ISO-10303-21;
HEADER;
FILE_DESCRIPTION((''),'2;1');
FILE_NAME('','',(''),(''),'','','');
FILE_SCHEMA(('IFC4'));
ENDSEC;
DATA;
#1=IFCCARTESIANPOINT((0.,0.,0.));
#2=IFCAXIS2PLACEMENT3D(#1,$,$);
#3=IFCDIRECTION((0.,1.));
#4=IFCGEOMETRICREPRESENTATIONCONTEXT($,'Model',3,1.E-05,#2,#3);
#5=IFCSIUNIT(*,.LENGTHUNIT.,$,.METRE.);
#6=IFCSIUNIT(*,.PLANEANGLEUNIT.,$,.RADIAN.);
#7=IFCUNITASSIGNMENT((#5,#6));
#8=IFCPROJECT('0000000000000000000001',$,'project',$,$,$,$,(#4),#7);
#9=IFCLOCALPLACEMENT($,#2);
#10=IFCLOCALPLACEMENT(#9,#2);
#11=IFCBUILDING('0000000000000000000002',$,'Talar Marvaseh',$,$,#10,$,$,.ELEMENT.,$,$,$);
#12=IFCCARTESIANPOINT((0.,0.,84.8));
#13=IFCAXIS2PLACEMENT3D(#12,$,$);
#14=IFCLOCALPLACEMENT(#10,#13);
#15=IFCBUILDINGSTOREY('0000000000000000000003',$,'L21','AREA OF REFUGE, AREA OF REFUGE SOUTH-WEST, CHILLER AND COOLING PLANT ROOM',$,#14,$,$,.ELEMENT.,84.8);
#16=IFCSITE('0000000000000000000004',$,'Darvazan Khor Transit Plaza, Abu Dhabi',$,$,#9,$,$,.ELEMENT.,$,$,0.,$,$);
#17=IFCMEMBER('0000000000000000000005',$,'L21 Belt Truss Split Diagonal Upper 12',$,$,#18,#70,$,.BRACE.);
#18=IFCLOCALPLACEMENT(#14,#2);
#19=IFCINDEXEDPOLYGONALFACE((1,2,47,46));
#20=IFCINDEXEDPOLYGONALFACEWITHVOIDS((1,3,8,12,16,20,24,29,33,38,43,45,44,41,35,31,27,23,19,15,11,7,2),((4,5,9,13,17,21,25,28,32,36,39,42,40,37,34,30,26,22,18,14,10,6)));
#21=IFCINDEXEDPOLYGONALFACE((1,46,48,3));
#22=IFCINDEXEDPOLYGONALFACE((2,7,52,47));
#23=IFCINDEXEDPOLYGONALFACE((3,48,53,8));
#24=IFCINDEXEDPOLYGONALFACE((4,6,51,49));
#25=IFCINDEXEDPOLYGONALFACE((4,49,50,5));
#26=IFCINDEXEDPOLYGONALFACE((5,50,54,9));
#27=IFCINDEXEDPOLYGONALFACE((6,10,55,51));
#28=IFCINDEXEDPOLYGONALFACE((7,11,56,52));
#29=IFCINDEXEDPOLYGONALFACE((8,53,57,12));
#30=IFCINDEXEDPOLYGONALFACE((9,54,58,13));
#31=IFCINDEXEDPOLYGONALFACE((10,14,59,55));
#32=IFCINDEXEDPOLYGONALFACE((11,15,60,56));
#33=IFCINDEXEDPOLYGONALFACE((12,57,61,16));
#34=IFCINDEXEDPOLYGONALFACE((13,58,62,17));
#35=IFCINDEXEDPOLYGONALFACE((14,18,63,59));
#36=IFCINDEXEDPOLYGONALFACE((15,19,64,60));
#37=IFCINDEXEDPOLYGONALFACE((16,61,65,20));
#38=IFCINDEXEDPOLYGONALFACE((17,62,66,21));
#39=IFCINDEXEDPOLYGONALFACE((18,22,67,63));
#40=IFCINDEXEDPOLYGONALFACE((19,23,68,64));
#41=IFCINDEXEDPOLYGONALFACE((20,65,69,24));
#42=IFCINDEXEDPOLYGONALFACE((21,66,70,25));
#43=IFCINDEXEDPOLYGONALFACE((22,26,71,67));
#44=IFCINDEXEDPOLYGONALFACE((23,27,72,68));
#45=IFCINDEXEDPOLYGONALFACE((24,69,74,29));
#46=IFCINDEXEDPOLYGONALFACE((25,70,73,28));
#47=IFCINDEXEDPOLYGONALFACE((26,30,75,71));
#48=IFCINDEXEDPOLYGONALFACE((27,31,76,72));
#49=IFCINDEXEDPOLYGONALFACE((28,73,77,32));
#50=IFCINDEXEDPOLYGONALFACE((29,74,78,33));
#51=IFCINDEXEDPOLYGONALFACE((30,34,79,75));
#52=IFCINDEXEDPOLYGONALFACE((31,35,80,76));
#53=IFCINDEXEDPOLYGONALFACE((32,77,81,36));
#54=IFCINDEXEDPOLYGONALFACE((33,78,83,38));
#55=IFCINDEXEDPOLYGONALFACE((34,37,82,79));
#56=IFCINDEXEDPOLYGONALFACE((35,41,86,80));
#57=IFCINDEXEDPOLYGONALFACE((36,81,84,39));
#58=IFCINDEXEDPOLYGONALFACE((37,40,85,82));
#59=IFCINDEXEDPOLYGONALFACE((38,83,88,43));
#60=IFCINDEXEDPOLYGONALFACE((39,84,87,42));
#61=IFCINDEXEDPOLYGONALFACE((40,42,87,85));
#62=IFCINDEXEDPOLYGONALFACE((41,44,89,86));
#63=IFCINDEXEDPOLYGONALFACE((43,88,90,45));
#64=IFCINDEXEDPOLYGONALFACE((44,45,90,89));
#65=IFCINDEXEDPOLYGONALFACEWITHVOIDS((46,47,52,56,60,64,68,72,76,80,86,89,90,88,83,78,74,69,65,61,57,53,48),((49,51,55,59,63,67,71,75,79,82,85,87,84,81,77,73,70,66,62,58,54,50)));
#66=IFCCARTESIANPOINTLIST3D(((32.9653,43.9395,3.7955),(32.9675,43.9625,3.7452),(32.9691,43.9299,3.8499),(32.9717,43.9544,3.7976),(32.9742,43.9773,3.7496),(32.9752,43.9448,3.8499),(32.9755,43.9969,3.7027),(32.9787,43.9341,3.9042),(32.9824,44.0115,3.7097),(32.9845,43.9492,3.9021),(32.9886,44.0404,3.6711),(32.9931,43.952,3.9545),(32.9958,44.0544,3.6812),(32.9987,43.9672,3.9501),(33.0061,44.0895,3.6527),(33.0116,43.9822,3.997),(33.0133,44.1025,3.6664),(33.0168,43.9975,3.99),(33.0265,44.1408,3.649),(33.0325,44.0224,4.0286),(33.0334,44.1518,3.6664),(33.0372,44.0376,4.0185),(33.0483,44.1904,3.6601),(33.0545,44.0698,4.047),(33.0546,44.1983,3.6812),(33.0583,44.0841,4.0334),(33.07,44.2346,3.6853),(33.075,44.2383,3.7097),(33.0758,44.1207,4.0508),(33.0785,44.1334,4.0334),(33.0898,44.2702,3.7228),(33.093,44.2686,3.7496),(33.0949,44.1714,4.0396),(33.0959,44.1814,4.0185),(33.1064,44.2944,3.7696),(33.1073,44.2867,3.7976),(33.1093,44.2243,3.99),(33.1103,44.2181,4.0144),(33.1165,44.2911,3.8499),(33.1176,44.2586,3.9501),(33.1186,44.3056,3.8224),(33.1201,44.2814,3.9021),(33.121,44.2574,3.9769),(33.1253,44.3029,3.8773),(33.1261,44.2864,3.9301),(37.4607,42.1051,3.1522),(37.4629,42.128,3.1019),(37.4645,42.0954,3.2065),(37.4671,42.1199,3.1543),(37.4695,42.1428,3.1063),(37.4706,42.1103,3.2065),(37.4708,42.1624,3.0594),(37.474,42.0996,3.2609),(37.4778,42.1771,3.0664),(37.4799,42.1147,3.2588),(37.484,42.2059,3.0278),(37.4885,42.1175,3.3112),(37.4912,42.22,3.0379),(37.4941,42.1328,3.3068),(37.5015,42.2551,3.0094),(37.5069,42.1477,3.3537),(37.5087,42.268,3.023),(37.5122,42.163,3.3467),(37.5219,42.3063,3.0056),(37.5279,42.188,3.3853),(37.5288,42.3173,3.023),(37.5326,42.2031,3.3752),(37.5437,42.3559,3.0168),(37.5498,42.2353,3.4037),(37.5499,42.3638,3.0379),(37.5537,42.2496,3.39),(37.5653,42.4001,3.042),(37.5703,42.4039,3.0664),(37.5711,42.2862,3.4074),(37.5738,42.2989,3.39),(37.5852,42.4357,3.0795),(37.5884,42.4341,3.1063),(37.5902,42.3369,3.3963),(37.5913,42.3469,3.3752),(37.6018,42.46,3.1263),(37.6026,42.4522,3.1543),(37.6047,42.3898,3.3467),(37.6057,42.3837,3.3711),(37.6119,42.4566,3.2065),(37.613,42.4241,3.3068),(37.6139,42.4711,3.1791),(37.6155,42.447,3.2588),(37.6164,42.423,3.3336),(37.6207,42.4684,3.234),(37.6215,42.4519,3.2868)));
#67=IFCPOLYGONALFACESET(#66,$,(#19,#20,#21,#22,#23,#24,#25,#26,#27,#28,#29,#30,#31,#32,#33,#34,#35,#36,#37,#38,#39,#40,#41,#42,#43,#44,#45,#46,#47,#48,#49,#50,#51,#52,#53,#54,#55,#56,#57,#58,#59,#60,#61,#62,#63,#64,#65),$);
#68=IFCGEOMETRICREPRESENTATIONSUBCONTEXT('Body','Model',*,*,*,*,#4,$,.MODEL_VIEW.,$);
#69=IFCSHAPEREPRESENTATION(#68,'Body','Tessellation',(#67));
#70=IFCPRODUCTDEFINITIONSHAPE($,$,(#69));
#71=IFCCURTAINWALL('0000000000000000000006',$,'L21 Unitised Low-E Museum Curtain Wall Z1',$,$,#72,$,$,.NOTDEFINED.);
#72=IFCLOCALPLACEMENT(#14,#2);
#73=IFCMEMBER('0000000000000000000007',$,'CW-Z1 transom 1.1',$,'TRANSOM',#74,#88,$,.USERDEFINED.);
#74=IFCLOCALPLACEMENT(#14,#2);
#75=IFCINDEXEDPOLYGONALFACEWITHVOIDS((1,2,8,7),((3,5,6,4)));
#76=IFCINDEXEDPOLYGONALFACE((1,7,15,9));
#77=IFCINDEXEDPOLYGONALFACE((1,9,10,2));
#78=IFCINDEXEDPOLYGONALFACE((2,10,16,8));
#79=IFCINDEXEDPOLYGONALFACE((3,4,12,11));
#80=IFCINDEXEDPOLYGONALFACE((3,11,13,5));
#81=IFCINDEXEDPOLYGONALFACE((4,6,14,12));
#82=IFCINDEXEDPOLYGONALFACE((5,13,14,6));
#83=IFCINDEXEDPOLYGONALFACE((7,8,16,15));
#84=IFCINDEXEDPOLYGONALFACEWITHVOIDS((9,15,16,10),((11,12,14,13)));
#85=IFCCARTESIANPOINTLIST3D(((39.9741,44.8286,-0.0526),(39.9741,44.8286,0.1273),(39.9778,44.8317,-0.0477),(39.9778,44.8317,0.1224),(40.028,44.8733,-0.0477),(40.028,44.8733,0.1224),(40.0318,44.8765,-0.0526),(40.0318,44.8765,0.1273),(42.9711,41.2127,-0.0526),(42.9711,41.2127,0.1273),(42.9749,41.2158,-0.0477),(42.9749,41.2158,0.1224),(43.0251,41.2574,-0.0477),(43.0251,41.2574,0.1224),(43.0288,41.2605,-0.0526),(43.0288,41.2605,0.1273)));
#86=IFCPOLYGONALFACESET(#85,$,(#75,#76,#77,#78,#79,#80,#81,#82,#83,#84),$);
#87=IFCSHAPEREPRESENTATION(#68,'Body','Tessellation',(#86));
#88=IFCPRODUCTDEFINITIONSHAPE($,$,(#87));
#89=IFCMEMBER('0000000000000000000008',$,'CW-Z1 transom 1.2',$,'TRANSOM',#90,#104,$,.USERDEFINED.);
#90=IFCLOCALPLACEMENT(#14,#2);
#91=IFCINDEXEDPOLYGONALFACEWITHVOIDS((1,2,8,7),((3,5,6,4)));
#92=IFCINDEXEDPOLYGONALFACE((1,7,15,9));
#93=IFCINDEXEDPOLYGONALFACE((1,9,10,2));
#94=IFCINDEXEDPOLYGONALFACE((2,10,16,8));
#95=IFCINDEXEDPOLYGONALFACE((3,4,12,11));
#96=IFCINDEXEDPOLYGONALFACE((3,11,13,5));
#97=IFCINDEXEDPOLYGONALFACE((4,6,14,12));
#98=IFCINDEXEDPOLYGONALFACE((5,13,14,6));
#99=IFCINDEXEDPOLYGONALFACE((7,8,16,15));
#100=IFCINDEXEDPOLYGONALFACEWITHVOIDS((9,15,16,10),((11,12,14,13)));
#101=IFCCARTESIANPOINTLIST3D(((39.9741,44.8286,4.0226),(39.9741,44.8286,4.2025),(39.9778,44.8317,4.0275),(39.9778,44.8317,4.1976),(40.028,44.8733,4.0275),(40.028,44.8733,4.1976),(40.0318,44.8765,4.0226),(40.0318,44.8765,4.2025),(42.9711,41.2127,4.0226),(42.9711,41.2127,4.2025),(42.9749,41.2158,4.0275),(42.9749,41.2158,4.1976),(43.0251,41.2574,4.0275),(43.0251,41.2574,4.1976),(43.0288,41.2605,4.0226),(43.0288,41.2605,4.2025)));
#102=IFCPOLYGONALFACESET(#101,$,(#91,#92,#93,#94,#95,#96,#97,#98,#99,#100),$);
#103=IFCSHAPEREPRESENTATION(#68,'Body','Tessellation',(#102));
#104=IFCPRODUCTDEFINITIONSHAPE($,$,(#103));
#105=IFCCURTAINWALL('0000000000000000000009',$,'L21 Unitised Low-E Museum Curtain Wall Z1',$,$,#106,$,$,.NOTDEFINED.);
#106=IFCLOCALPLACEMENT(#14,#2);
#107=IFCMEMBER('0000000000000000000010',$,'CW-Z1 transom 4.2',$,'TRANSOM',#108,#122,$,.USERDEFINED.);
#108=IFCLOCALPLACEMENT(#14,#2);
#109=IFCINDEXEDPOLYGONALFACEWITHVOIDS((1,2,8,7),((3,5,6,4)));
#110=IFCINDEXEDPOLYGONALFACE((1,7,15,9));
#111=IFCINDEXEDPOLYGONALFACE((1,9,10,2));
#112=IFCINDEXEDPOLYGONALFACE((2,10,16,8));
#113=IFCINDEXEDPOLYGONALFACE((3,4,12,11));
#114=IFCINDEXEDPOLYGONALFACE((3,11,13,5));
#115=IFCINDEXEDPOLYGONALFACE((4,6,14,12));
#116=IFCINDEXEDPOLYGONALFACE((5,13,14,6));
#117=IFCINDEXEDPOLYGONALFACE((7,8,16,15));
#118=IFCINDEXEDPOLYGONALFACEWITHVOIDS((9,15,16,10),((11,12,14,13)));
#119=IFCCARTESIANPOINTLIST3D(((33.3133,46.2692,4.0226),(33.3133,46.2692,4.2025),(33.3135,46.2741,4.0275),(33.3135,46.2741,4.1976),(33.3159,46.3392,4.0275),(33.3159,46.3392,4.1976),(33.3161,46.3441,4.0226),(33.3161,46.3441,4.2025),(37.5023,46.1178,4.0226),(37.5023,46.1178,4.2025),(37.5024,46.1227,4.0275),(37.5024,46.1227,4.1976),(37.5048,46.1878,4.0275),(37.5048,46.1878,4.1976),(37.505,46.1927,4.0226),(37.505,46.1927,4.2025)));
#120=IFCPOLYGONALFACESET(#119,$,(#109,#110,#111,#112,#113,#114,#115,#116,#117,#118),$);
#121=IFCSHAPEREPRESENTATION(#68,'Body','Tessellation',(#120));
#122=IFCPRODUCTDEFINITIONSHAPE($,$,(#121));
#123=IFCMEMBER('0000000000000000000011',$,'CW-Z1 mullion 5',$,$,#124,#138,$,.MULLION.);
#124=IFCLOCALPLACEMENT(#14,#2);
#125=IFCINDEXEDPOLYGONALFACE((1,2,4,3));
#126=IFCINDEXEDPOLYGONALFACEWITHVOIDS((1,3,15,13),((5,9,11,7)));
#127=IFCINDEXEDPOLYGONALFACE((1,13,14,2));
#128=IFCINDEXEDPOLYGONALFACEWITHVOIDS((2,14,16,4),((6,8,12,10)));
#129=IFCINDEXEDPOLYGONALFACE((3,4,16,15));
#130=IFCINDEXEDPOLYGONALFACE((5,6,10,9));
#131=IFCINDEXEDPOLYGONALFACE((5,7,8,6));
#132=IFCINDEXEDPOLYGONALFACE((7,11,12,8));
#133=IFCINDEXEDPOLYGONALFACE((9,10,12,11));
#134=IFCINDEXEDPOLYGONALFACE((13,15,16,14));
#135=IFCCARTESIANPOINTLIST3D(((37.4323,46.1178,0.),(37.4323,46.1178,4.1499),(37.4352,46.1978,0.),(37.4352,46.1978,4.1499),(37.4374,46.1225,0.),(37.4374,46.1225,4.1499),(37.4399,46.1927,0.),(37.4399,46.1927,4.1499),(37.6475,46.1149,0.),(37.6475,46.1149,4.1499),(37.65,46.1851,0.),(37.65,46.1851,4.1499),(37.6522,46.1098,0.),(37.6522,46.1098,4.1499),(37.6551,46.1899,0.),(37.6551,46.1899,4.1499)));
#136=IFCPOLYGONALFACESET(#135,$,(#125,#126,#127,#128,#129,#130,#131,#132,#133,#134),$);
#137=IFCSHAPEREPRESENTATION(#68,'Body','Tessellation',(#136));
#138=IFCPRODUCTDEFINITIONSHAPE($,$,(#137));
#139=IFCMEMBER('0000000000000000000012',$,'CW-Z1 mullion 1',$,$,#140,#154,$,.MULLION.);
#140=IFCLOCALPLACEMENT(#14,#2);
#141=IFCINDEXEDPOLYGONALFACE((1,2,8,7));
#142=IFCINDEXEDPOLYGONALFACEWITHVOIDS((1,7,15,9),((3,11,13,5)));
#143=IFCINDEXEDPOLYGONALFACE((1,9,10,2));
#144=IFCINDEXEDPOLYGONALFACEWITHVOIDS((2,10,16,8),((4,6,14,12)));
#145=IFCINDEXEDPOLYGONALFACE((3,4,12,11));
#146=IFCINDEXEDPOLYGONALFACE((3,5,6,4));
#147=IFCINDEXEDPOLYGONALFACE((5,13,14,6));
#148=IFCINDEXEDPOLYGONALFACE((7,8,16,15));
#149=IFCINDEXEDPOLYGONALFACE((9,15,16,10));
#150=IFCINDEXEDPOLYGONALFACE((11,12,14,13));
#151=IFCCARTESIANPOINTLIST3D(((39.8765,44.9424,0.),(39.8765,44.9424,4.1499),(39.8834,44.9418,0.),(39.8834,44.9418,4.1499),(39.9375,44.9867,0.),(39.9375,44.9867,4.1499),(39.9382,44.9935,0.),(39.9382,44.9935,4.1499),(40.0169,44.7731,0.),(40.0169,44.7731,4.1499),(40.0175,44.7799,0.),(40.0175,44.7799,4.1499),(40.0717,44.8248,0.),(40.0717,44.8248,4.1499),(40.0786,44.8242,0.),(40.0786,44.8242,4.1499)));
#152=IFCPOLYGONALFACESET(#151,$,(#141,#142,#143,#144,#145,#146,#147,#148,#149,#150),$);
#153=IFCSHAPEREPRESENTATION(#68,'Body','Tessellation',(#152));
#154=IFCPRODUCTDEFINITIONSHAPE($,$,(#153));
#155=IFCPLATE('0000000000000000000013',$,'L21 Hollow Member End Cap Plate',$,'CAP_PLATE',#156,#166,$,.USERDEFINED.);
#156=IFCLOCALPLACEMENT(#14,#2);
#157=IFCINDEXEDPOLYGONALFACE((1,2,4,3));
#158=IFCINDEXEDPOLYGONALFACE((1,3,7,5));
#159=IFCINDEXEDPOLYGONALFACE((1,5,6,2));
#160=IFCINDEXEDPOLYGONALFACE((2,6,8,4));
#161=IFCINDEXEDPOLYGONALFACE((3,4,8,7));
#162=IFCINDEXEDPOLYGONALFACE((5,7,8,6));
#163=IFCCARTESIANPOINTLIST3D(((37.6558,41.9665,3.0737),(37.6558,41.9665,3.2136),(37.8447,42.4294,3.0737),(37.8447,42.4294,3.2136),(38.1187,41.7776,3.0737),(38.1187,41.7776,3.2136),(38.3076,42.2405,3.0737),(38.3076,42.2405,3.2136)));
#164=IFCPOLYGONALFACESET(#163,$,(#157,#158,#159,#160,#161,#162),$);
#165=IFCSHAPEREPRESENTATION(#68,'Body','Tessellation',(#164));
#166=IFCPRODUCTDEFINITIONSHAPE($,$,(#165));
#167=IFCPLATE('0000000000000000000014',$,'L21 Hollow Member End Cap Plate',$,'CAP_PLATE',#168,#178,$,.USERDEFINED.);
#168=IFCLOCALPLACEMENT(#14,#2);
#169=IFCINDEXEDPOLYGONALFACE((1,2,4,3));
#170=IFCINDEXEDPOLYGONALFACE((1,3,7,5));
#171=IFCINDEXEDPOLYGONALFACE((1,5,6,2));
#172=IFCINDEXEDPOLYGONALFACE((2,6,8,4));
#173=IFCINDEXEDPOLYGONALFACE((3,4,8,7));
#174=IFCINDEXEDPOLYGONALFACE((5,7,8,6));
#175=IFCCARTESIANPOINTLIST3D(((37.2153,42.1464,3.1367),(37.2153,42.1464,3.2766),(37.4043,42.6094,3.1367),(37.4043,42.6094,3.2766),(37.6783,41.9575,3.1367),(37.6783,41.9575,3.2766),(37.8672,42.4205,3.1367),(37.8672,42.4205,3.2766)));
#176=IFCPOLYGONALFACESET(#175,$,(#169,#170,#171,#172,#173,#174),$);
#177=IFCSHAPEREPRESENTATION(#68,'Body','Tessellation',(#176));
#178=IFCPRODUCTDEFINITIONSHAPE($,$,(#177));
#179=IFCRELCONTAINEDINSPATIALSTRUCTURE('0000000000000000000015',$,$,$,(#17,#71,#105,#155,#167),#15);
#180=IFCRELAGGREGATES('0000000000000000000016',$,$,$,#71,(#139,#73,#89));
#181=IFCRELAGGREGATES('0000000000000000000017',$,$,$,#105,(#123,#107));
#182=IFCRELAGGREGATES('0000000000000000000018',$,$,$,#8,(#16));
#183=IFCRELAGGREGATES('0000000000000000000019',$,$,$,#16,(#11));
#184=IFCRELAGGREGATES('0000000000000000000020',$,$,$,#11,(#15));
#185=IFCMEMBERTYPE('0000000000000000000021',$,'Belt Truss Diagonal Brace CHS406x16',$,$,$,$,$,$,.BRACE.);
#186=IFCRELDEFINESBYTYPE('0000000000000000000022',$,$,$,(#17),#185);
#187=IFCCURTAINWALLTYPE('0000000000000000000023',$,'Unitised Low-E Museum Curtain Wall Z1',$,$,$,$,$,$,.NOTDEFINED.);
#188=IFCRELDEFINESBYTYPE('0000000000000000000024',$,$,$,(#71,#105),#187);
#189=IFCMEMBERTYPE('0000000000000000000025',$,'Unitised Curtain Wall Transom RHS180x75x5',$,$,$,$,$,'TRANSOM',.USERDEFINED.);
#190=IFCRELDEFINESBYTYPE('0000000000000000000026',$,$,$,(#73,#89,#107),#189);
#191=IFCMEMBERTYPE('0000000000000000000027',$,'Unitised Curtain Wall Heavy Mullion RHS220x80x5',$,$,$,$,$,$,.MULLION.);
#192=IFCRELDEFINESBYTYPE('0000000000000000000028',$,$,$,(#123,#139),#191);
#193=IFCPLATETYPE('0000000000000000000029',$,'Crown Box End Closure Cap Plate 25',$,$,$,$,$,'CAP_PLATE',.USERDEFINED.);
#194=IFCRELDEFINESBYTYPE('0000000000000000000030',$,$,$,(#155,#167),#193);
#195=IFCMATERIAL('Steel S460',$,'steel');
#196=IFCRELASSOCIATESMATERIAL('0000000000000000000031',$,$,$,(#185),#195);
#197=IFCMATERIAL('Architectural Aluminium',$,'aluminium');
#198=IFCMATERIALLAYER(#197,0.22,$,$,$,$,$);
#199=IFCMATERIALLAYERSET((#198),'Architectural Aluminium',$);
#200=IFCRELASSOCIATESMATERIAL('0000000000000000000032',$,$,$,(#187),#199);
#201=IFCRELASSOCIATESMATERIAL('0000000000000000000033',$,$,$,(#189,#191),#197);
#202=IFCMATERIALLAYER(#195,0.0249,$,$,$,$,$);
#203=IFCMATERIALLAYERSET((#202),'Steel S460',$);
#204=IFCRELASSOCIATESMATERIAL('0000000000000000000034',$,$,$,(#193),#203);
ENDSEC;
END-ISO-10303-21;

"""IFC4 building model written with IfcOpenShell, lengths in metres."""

from ifc_helpers import new_model, si_unit, direction, frame, origin, origin_2d, place, context, subcontext, project, spatial, rectangle, hollow_rectangle, hollow_circle, extrude, source, transform, mapped, material, layer, layer_set, material_profile, profile_set, type_object, type_shapes, element, aggregate, save


model = new_model("IFC4")

# Units and contexts
model_context = context("Model", 3, precision=1e-05, world=origin(), true_north=direction((0.0, 1.0)))
body_context = subcontext(model_context, "Body", "Model", "MODEL_VIEW")
ifc_project = project(units=[si_unit("LENGTHUNIT", "METRE"), si_unit("PLANEANGLEUNIT", "RADIAN")], contexts=[model_context])

# Site, building, storey
site_placement = place(None, origin())
site = spatial("IfcSite", under=ifc_project, at=site_placement, Name="Darvazan Khor Transit Plaza, Abu Dhabi", CompositionType="ELEMENT", RefElevation=0.0)
building_placement = place(site_placement, origin())
building = spatial("IfcBuilding", under=site, at=building_placement, Name="Talar Marvaseh", CompositionType="ELEMENT")
storey_placement = place(building_placement, frame((0.0, 0.0, 84.8)))
storey = spatial("IfcBuildingStorey", under=building, at=storey_placement, Name="L21", Description="AREA OF REFUGE, AREA OF REFUGE SOUTH-WEST, CHILLER AND COOLING PLANT ROOM", CompositionType="ELEMENT", Elevation=84.8)

# Shared definitions
ifc_material_1 = material(Name="Steel S460", Category="steel")

# Member
ifc_material_profile_1 = material_profile(ifc_material_1, hollow_circle(Radius=0.2031, WallThickness=0.0161, at=origin_2d()), Name="CHS406x16")
ifc_profile_set_1 = profile_set([ifc_material_profile_1], Name="Steel S460")
member_type_1 = type_object("IfcMemberType", Name="Belt Truss Diagonal Brace CHS406x16", PredefinedType="BRACE", material=ifc_profile_set_1)
shared_shape_1 = source(origin(), body_context, "Body", "SweptSolid", [
    extrude(hollow_circle(Radius=0.2031, WallThickness=0.0161, at=origin_2d()), origin(), (0.0, 0.0, 1.0), 4.8977),
])
type_shapes(member_type_1, [shared_shape_1])
member_1_placement = place(storey_placement, frame((37.5413, 42.2834, 3.2065), z_axis=(-0.917853, 0.374558, 0.13135), x_axis=(-0.377832, -0.925874, 0.0)))
element("IfcMember", 1, at=member_1_placement, inside=storey, type_object=member_type_1, Name="L21 Belt Truss Split Diagonal Upper 12", PredefinedType="BRACE", context=body_context, shape_type="MappedRepresentation", body=[
    mapped(shared_shape_1, transform((0.0, 0.0, 0.0), x_axis=(1.0, 0.0, 0.0), y_axis=(0.0, 1.0, 0.0), z_axis=(0.0, 0.0, 1.0), scale=1.0)),
])

# Curtain walls, members
ifc_material_2 = material(Name="Architectural Aluminium", Category="aluminium")
ifc_layer_1 = layer(ifc_material_2, 0.22)
ifc_layer_set_1 = layer_set([ifc_layer_1], Name="Architectural Aluminium")
curtain_wall_type = type_object("IfcCurtainWallType", Name="Unitised Low-E Museum Curtain Wall Z1", PredefinedType="NOTDEFINED", material=ifc_layer_set_1)
curtain_wall_1_placement = place(storey_placement, origin())
curtain_wall_1 = element("IfcCurtainWall", 2, at=curtain_wall_1_placement, inside=storey, type_object=curtain_wall_type, Name="L21 Unitised Low-E Museum Curtain Wall Z1", PredefinedType="NOTDEFINED")
ifc_material_profile_2 = material_profile(ifc_material_2, hollow_rectangle(XDim=0.075, YDim=0.1799, WallThickness=0.0049, at=origin_2d()), Name="RHS180x75x5")
ifc_profile_set_2 = profile_set([ifc_material_profile_2], Name="Architectural Aluminium")
member_type_2 = type_object("IfcMemberType", Name="Unitised Curtain Wall Transom RHS180x75x5", ElementType="TRANSOM", PredefinedType="USERDEFINED", material=ifc_profile_set_2)
shared_shape_2 = source(origin(), body_context, "Body", "SweptSolid", [
    extrude(hollow_rectangle(XDim=0.075, YDim=0.1799, WallThickness=0.0049, at=origin_2d()), origin(), (0.0, 0.0, 1.0), 4.6965),
])
member_2_placement = place(storey_placement, frame((40.0029, 44.8525, 0.0374), z_axis=(0.638142, -0.769919, 0.0), x_axis=(0.769919, 0.638142, 0.0)))
member_2 = element("IfcMember", 3, at=member_2_placement, type_object=member_type_2, Name="CW-Z1 transom 1.1", ObjectType="TRANSOM", PredefinedType="USERDEFINED", context=body_context, shape_type="MappedRepresentation", body=[
    mapped(shared_shape_2, transform((0.0, 0.0, 0.0), x_axis=(1.0, 0.0, 0.0), y_axis=(0.0, 1.0, 0.0), z_axis=(0.0, 0.0, 1.0), scale=1.0)),
])
member_3_placement = place(storey_placement, frame((40.0029, 44.8525, 4.1125), z_axis=(0.638142, -0.769919, 0.0), x_axis=(0.769919, 0.638142, 0.0)))
member_3 = element("IfcMember", 4, at=member_3_placement, type_object=member_type_2, Name="CW-Z1 transom 1.2", ObjectType="TRANSOM", PredefinedType="USERDEFINED", context=body_context, shape_type="MappedRepresentation", body=[
    mapped(shared_shape_2, transform((0.0, 0.0, 0.0), x_axis=(1.0, 0.0, 0.0), y_axis=(0.0, 1.0, 0.0), z_axis=(0.0, 0.0, 1.0), scale=1.0)),
])
curtain_wall_2_placement = place(storey_placement, origin())
curtain_wall_2 = element("IfcCurtainWall", 5, at=curtain_wall_2_placement, inside=storey, type_object=curtain_wall_type, Name="L21 Unitised Low-E Museum Curtain Wall Z1", PredefinedType="NOTDEFINED")
shared_shape_3 = source(origin(), body_context, "Body", "SweptSolid", [
    extrude(hollow_rectangle(XDim=0.075, YDim=0.1799, WallThickness=0.0049, at=origin_2d()), origin(), (0.0, 0.0, 1.0), 4.1917),
])
type_shapes(member_type_2, [shared_shape_2, shared_shape_3])
member_4_placement = place(storey_placement, frame((33.3147, 46.3066, 4.1125), z_axis=(0.999348, -0.036111, 0.0), x_axis=(0.036111, 0.999348, 0.0)))
member_4 = element("IfcMember", 6, at=member_4_placement, type_object=member_type_2, Name="CW-Z1 transom 4.2", ObjectType="TRANSOM", PredefinedType="USERDEFINED", context=body_context, shape_type="MappedRepresentation", body=[
    mapped(shared_shape_3, transform((0.0, 0.0, 0.0), x_axis=(1.0, 0.0, 0.0), y_axis=(0.0, 1.0, 0.0), z_axis=(0.0, 0.0, 1.0), scale=1.0)),
])
ifc_material_profile_3 = material_profile(ifc_material_2, hollow_rectangle(XDim=0.0801, YDim=0.22, WallThickness=0.0049, at=origin_2d()), Name="RHS220x80x5")
ifc_profile_set_3 = profile_set([ifc_material_profile_3], Name="Architectural Aluminium")
member_type_3 = type_object("IfcMemberType", Name="Unitised Curtain Wall Heavy Mullion RHS220x80x5", PredefinedType="MULLION", material=ifc_profile_set_3)
shared_shape_4 = source(origin(), body_context, "Body", "SweptSolid", [
    extrude(hollow_rectangle(XDim=0.0801, YDim=0.22, WallThickness=0.0049, at=origin_2d()), origin(), (0.0, 0.0, 1.0), 4.1499),
])
type_shapes(member_type_3, [shared_shape_4])
member_5_placement = place(storey_placement, frame((37.5437, 46.1538, 0.0), z_axis=(0.0, 0.0, 1.0), x_axis=(0.036081, 0.999349, 0.0)))
member_5 = element("IfcMember", 7, at=member_5_placement, type_object=member_type_3, Name="CW-Z1 mullion 5", PredefinedType="MULLION", context=body_context, shape_type="MappedRepresentation", body=[
    mapped(shared_shape_4, transform((0.0, 0.0, 0.0), x_axis=(1.0, 0.0, 0.0), y_axis=(0.0, 1.0, 0.0), z_axis=(0.0, 0.0, 1.0), scale=1.0)),
])

# Member
member_6_placement = place(storey_placement, frame((39.9775, 44.8833, 0.0), z_axis=(0.0, 0.0, 1.0), x_axis=(0.769915, 0.638147, 0.0)))
member_6 = element("IfcMember", 8, at=member_6_placement, type_object=member_type_3, Name="CW-Z1 mullion 1", PredefinedType="MULLION", context=body_context, shape_type="MappedRepresentation", body=[
    mapped(shared_shape_4, transform((0.0, 0.0, 0.0), x_axis=(1.0, 0.0, 0.0), y_axis=(0.0, 1.0, 0.0), z_axis=(0.0, 0.0, 1.0), scale=1.0)),
])

# Plates
ifc_layer_2 = layer(ifc_material_1, 0.0249)
ifc_layer_set_2 = layer_set([ifc_layer_2], Name="Steel S460")
plate_type_1 = type_object("IfcPlateType", Name="Crown Box End Closure Cap Plate 25", ElementType="CAP_PLATE", PredefinedType="USERDEFINED", material=ifc_layer_set_2)
shared_shape_5 = source(origin(), body_context, "Body", "SweptSolid", [
    extrude(rectangle(XDim=0.5, YDim=0.5, at=origin_2d()), origin(), (0.0, 0.0, 1.0), 0.1399),
])
type_shapes(plate_type_1, [shared_shape_5])
for number, where, z_axis, x_axis, name in (
    (9, (37.9817, 42.1035, 3.0737), (0.0, 0.0, 1.0), (-0.925871, 0.377841, 0.0), "L21 Hollow Member End Cap Plate"),
    (10, (37.5413, 42.2834, 3.1367), (0.0, 0.0, 1.0), (-0.925871, 0.377841, 0.0), "L21 Hollow Member End Cap Plate"),
):
    element("IfcPlate", number, at=place(storey_placement, frame(where, z_axis=z_axis, x_axis=x_axis)), inside=storey, type_object=plate_type_1, Name=name, ObjectType="CAP_PLATE", PredefinedType="USERDEFINED", context=body_context, shape_type="MappedRepresentation", body=[
        mapped(shared_shape_5, transform((0.0, 0.0, 0.0), x_axis=(1.0, 0.0, 0.0), y_axis=(0.0, 1.0, 0.0), z_axis=(0.0, 0.0, 1.0), scale=1.0)),
    ])

aggregate(curtain_wall_1, [member_6, member_2, member_3])
aggregate(curtain_wall_2, [member_5, member_4])

save(model, "model.ifc")
